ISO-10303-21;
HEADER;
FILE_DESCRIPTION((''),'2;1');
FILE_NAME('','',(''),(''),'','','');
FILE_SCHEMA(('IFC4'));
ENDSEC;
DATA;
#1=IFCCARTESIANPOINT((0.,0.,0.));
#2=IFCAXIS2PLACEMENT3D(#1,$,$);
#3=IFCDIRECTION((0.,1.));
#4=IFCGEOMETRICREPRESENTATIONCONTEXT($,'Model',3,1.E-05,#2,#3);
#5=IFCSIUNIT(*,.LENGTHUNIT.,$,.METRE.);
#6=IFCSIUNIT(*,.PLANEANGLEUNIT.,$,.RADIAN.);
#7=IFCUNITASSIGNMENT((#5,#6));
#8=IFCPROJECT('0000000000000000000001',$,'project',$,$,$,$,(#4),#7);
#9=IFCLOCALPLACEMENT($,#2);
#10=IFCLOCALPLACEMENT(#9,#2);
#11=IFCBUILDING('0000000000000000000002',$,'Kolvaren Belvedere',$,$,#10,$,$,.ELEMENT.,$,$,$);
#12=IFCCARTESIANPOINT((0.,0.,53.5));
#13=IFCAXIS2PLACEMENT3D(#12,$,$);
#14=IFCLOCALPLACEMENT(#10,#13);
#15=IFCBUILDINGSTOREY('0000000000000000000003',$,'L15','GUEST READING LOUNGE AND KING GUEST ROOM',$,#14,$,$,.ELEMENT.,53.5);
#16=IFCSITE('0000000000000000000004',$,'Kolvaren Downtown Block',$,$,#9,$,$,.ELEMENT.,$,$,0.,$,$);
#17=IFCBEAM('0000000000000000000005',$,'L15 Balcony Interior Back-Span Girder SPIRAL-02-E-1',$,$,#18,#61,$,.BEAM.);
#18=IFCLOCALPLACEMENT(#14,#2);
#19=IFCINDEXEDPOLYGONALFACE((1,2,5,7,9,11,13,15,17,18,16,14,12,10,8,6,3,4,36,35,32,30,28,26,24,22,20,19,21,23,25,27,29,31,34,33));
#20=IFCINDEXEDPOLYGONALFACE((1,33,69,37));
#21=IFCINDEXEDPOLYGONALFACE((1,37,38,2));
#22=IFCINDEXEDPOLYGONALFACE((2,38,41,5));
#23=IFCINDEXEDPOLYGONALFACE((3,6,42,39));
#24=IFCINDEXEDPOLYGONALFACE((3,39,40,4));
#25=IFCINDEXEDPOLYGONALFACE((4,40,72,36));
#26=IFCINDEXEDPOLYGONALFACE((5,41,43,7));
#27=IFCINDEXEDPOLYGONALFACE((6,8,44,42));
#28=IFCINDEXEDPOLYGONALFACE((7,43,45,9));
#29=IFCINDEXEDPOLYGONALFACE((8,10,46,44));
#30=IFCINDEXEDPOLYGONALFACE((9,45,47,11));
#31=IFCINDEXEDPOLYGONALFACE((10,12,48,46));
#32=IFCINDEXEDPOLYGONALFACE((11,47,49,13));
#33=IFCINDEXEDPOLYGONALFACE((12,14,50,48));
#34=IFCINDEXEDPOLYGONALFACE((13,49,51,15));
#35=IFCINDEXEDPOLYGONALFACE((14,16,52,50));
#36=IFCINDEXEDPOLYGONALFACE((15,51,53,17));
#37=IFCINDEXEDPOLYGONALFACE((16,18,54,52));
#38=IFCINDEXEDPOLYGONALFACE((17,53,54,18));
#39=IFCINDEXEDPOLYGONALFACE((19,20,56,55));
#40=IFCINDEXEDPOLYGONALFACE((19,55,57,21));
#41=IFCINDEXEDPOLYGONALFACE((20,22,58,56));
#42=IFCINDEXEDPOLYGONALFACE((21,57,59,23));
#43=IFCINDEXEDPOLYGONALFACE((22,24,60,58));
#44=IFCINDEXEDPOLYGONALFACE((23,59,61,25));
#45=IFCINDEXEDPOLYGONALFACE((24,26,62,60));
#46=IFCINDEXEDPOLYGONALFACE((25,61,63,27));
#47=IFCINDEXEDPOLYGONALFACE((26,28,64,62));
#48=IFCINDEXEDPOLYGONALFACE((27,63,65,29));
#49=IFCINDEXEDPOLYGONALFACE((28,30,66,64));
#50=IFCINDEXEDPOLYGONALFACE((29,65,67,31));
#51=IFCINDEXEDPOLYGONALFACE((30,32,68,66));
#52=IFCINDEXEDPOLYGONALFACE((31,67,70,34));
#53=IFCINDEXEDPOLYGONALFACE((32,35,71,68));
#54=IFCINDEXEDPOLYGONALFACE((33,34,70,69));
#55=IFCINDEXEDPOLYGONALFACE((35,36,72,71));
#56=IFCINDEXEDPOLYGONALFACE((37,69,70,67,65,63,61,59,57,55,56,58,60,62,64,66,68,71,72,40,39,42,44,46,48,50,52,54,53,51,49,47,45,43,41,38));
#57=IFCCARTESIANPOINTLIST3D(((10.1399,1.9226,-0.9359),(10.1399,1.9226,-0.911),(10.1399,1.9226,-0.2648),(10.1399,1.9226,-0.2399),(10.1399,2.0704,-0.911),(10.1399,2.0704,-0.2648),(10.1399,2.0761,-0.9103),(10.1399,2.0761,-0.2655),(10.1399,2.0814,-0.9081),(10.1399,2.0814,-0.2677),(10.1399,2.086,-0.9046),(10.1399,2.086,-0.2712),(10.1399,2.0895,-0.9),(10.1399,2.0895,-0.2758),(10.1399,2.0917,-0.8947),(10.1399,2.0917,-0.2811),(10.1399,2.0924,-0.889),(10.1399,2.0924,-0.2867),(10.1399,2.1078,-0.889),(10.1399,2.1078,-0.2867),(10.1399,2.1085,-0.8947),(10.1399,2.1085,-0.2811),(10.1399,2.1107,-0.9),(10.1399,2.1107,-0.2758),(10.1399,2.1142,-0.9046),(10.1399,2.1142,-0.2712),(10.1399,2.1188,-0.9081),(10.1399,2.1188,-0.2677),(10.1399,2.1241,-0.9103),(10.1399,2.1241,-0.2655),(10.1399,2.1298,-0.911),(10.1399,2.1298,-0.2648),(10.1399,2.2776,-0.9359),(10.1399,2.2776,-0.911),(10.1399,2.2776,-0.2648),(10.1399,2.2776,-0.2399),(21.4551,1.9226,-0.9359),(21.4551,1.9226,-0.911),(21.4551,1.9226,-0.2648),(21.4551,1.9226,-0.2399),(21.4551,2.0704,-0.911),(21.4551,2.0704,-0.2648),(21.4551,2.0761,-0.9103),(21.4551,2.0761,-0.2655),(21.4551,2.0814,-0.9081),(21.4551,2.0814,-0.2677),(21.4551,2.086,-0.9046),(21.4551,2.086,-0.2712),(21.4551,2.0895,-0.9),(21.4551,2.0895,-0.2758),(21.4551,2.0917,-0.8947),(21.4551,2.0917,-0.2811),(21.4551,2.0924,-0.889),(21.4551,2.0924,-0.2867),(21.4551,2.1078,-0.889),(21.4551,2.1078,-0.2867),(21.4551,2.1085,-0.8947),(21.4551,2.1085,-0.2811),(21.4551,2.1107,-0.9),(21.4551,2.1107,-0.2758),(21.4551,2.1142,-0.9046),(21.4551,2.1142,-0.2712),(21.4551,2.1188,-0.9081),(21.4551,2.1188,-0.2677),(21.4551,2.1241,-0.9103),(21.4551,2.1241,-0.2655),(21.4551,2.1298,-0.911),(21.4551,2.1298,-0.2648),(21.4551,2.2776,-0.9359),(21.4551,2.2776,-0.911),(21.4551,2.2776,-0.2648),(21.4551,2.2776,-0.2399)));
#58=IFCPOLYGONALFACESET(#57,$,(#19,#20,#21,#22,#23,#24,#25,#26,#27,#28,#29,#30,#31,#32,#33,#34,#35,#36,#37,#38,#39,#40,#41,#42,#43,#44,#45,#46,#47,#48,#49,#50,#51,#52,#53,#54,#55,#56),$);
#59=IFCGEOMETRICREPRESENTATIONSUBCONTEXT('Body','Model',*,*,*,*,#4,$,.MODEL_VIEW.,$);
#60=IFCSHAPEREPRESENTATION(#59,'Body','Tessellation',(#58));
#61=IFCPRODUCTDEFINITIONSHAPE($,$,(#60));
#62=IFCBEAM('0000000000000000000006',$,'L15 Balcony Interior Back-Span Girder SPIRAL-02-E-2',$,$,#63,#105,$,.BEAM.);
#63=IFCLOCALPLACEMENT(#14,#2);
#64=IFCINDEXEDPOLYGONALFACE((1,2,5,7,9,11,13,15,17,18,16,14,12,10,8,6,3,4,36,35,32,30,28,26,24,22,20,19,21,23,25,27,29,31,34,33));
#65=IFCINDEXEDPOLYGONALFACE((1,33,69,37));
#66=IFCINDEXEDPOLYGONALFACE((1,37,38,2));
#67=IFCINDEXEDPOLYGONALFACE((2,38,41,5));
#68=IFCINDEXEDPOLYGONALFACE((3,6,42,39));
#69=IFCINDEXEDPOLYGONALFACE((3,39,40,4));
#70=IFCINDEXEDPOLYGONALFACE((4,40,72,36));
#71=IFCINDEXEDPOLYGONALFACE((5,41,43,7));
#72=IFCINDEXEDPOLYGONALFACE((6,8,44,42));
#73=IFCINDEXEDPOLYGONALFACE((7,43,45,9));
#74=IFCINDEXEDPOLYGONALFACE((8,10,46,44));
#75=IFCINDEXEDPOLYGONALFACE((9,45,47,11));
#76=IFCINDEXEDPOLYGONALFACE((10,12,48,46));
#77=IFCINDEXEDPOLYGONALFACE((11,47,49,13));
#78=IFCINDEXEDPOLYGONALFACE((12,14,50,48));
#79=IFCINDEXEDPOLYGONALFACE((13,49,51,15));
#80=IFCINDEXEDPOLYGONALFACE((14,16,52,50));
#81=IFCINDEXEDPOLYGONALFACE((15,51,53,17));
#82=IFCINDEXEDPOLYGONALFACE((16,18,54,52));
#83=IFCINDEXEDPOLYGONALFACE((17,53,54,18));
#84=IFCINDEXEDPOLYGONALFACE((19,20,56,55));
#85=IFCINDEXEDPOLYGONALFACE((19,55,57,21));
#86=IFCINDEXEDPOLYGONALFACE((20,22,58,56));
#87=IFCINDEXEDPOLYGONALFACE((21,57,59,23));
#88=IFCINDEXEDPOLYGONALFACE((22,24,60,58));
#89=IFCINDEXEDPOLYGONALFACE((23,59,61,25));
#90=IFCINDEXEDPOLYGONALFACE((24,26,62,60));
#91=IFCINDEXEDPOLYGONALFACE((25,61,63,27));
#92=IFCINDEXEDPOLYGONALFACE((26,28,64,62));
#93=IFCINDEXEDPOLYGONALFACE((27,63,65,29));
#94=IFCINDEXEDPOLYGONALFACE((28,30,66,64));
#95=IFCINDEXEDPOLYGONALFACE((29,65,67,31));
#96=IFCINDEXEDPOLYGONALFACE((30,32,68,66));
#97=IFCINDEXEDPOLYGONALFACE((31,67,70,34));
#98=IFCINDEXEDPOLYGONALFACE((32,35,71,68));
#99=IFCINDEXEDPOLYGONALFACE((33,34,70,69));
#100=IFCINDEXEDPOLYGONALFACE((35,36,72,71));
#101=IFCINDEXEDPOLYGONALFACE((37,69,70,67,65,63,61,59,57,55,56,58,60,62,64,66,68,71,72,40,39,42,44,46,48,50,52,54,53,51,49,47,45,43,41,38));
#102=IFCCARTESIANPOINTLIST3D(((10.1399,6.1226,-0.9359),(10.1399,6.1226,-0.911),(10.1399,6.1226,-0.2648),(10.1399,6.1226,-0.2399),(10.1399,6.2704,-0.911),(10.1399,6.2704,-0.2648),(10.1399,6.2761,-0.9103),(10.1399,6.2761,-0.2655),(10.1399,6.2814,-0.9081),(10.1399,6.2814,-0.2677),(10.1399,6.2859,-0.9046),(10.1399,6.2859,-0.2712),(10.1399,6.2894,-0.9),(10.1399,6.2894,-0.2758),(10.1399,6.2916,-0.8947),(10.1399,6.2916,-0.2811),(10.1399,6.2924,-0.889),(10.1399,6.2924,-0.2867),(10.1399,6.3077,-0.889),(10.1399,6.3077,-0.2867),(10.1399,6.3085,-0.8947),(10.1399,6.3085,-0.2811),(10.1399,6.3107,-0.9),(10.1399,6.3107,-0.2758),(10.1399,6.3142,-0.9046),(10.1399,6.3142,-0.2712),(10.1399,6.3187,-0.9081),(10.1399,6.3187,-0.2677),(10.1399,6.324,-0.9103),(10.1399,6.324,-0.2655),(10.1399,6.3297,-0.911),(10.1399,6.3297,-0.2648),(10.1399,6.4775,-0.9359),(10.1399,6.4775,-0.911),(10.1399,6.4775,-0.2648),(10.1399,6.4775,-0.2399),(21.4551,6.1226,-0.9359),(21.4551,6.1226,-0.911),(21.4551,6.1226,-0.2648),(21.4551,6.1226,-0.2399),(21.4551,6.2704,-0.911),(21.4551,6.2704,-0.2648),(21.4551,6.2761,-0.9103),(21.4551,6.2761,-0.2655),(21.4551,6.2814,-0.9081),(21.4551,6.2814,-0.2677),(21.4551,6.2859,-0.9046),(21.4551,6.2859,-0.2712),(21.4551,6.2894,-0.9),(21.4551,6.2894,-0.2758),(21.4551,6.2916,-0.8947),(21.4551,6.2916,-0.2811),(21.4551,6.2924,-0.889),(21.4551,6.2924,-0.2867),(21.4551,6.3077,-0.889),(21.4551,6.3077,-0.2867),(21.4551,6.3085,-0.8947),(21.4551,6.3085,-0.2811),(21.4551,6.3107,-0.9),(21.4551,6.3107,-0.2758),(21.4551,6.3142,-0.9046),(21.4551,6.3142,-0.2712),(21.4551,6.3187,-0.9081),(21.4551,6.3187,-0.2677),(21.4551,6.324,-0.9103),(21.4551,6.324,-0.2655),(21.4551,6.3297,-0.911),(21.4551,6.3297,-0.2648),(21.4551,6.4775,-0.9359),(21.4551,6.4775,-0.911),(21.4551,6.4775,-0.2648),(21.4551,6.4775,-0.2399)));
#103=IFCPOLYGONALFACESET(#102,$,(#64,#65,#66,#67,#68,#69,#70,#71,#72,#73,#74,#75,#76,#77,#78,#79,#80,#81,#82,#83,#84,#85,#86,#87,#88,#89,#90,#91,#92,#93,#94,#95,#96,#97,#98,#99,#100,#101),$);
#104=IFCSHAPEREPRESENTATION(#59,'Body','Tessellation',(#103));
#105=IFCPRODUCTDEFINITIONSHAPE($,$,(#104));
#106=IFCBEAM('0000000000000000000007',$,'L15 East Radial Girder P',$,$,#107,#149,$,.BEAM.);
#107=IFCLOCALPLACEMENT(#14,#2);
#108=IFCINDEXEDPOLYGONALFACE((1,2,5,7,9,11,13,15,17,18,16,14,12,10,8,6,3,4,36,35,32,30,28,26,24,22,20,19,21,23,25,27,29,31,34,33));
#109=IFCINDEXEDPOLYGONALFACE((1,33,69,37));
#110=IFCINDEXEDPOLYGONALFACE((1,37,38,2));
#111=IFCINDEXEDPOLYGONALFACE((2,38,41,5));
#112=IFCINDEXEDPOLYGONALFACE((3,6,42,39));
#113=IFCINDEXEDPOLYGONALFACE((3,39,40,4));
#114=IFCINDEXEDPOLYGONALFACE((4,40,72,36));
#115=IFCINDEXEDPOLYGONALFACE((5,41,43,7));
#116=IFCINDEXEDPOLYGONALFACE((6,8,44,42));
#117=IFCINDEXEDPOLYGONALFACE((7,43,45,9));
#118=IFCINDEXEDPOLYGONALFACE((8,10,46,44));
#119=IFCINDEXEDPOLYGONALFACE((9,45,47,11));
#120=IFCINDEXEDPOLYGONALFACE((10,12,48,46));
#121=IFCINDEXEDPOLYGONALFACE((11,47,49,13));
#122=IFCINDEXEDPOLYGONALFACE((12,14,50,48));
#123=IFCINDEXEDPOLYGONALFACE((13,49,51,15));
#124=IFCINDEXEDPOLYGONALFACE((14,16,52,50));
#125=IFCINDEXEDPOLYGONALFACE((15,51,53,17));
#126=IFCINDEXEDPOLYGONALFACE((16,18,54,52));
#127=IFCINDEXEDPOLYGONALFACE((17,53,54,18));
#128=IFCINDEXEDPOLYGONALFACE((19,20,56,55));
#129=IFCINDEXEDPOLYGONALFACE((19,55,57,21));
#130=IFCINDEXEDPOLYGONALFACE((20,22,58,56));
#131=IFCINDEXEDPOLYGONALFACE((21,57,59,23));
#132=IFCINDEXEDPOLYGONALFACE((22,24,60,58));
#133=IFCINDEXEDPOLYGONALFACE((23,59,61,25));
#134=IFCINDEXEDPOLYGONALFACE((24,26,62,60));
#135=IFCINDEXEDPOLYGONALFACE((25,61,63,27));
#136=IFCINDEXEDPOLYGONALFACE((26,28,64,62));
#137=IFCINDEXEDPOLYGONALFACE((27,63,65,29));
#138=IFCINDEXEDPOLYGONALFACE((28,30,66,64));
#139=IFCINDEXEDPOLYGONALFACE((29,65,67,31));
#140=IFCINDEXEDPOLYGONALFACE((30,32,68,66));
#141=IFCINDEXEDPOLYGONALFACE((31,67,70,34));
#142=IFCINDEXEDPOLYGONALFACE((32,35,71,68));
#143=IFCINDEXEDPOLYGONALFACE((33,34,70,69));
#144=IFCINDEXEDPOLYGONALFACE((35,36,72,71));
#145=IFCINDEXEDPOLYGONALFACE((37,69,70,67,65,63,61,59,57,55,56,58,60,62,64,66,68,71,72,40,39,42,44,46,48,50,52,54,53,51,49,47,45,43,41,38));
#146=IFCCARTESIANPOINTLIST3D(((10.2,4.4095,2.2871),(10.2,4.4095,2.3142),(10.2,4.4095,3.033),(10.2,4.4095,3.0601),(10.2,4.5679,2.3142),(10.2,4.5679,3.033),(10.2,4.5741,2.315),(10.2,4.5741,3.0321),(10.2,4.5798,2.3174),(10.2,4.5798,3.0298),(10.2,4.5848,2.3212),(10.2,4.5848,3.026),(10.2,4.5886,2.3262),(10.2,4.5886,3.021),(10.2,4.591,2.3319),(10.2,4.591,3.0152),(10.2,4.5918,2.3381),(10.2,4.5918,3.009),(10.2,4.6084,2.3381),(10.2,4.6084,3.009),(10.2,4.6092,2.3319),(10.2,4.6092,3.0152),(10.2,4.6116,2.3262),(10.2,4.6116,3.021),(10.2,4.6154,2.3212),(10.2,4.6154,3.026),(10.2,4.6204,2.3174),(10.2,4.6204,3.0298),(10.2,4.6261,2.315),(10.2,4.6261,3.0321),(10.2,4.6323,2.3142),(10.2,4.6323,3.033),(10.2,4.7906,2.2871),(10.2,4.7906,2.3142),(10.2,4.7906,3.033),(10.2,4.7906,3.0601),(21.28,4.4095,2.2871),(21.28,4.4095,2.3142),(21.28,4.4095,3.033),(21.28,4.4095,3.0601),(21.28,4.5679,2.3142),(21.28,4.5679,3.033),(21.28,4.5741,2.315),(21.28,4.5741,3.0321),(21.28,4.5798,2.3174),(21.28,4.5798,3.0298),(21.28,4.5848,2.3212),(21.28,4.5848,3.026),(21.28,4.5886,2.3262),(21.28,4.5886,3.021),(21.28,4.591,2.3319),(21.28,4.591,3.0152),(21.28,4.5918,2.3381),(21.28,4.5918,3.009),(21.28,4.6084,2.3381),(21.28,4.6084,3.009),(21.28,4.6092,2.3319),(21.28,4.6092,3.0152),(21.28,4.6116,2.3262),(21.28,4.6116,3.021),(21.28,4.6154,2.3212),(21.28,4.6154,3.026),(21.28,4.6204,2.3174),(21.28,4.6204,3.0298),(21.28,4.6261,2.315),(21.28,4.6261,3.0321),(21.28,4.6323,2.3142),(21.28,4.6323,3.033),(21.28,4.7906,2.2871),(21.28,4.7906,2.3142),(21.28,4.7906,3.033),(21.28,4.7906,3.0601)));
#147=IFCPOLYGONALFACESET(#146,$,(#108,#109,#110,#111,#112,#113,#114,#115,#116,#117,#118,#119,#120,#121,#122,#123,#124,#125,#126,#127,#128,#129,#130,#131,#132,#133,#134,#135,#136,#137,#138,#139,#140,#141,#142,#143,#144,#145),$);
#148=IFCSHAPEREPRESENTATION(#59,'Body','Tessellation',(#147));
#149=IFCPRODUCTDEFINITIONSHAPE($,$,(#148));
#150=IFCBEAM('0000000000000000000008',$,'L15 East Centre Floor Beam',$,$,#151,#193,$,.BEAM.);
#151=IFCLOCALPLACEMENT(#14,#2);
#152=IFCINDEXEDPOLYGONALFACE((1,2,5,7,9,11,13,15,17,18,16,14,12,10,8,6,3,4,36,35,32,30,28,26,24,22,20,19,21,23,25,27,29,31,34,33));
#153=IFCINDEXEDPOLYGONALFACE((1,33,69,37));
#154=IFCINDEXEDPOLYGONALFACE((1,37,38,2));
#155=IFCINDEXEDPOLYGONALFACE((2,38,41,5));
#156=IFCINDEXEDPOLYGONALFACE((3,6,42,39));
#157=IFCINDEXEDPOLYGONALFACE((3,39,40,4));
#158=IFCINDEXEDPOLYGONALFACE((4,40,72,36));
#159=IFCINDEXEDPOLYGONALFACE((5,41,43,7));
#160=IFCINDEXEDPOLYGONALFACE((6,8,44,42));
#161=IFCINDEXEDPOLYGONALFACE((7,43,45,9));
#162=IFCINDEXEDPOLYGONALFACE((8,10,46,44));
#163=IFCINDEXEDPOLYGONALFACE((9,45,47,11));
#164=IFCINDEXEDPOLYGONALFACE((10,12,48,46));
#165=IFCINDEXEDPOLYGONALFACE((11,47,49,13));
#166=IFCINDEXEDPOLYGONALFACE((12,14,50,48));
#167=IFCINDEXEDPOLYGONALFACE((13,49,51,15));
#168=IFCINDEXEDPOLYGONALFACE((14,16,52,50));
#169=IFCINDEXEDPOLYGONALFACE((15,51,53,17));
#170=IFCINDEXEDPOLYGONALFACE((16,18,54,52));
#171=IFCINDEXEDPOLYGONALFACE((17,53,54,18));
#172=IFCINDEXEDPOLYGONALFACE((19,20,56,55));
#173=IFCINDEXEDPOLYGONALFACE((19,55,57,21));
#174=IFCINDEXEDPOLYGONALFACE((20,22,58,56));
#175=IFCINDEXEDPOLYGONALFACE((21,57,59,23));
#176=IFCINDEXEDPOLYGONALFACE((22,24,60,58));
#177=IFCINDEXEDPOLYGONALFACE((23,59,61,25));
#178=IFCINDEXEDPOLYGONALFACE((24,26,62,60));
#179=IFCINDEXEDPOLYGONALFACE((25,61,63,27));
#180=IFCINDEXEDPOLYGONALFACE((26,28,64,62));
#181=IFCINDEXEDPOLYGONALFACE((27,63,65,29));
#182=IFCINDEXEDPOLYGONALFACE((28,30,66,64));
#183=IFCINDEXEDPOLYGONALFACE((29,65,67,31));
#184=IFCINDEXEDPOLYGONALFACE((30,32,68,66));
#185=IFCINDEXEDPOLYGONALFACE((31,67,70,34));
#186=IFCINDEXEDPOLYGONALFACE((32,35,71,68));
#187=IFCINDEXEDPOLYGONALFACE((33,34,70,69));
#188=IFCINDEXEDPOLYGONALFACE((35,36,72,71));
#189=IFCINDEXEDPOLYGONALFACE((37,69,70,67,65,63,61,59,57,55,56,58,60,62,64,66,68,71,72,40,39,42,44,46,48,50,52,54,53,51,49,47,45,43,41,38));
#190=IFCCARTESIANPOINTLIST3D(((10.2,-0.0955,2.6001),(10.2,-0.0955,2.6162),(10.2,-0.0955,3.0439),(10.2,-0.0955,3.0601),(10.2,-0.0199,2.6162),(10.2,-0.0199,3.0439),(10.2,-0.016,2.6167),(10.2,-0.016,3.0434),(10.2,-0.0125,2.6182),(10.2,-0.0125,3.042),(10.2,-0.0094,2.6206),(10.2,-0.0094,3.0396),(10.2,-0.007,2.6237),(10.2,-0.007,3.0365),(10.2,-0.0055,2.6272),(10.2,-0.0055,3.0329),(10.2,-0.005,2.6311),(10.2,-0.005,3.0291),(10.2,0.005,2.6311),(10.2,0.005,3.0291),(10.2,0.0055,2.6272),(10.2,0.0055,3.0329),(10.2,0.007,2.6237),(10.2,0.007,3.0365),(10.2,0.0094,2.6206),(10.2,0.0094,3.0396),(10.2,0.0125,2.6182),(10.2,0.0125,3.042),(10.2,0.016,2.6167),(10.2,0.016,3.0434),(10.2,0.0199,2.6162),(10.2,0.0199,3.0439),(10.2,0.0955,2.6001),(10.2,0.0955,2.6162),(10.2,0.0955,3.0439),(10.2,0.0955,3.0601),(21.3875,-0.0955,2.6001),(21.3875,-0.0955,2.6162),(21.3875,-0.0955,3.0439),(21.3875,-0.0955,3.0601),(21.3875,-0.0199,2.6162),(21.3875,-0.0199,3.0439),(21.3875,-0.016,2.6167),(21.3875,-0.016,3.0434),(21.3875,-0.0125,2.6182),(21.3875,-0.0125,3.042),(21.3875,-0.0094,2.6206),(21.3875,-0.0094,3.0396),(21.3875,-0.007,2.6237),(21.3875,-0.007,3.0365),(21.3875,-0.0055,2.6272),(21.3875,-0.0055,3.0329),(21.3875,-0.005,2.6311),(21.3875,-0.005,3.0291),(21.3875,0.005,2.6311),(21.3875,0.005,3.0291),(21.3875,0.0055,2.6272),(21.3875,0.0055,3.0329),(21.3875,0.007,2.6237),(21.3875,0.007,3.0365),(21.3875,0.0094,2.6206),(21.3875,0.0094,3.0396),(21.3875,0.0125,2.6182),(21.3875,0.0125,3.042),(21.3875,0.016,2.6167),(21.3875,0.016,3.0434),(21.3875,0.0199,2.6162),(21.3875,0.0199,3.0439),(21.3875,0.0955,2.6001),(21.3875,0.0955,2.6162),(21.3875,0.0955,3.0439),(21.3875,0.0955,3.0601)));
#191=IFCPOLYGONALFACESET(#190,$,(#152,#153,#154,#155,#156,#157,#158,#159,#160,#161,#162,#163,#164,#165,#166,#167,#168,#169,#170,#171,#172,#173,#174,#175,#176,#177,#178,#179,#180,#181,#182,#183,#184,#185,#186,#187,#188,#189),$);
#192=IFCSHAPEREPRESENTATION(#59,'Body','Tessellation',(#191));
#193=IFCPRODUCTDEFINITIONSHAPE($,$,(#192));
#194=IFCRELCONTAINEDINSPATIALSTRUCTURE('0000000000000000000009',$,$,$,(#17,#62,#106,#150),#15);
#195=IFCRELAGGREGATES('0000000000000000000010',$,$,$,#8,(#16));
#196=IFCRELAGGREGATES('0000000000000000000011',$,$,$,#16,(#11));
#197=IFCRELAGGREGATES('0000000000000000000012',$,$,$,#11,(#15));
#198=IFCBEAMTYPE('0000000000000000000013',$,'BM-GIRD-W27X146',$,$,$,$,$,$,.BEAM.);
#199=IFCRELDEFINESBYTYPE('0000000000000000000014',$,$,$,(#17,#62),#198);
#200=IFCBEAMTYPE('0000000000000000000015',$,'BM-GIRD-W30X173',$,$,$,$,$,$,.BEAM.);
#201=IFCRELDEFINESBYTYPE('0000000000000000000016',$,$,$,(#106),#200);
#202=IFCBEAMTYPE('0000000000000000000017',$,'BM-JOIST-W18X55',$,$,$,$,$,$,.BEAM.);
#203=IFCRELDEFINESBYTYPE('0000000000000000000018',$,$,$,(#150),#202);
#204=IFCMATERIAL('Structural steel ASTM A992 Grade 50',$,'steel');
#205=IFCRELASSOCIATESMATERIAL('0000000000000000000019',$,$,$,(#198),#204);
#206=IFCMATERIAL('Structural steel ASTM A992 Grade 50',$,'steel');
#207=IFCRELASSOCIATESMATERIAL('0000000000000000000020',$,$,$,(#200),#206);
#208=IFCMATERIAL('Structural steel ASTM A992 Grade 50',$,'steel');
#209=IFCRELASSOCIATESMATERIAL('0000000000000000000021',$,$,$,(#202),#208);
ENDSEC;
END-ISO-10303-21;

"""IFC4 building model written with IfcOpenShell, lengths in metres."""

from ifc_helpers import new_model, si_unit, direction, frame, origin, origin_2d, place, context, subcontext, project, spatial, i_section, extrude, material, material_profile, profile_set, type_object, element, save


model = new_model("IFC4")

# Units and contexts
model_context = context("Model", 3, precision=1e-05, world=origin(), true_north=direction((0.0, 1.0)))
body_context = subcontext(model_context, "Body", "Model", "MODEL_VIEW")
ifc_project = project(units=[si_unit("LENGTHUNIT", "METRE"), si_unit("PLANEANGLEUNIT", "RADIAN")], contexts=[model_context])

# Site, building, storey
site_placement = place(None, origin())
site = spatial("IfcSite", under=ifc_project, at=site_placement, Name="Kolvaren Downtown Block", CompositionType="ELEMENT", RefElevation=0.0)
building_placement = place(site_placement, origin())
building = spatial("IfcBuilding", under=site, at=building_placement, Name="Kolvaren Belvedere", CompositionType="ELEMENT")
storey_placement = place(building_placement, frame((0.0, 0.0, 53.5)))
storey = spatial("IfcBuildingStorey", under=building, at=storey_placement, Name="L15", Description="GUEST READING LOUNGE AND KING GUEST ROOM", CompositionType="ELEMENT", Elevation=53.5)

# Beams
ifc_material_1 = material(Name="Structural steel ASTM A992 Grade 50", Category="steel")
ifc_material_profile_1 = material_profile(ifc_material_1, i_section(OverallWidth=0.355, OverallDepth=0.696, WebThickness=0.0154, FlangeThickness=0.0249, FilletRadius=0.022, at=origin_2d()), Name="W27X146")
ifc_profile_set_1 = profile_set([ifc_material_profile_1], Name="Structural steel ASTM A992 Grade 50")
beam_type_1 = type_object("IfcBeamType", Name="BM-GIRD-W27X146", PredefinedType="BEAM", material=ifc_profile_set_1)
for number, where, z_axis, x_axis, name in (
    (1, (10.1399, 2.1001, -0.5879), (1.0, 0.0, 0.0), (0.0, 1.0, 0.0), "L15 Balcony Interior Back-Span Girder SPIRAL-02-E-1"),
    (2, (10.1399, 6.3, -0.5879), (1.0, 0.0, 0.0), (0.0, 1.0, 0.0), "L15 Balcony Interior Back-Span Girder SPIRAL-02-E-2"),
):
    element("IfcBeam", number, at=place(storey_placement, frame(where, z_axis=z_axis, x_axis=x_axis)), inside=storey, type_object=beam_type_1, Name=name, PredefinedType="BEAM", context=body_context, shape_type="SweptSolid", body=[
        extrude(i_section(OverallWidth=0.355, OverallDepth=0.696, WebThickness=0.0154, FlangeThickness=0.0249, FilletRadius=0.022, at=origin_2d()), origin(), (0.0, 0.0, 1.0), 11.3152),
    ])
ifc_material_2 = material(Name="Structural steel ASTM A992 Grade 50", Category="steel")
ifc_material_profile_2 = material_profile(ifc_material_2, i_section(OverallWidth=0.3811, OverallDepth=0.7729, WebThickness=0.0166, FlangeThickness=0.0271, FilletRadius=0.0239, at=origin_2d()), Name="W30X173")
ifc_profile_set_2 = profile_set([ifc_material_profile_2], Name="Structural steel ASTM A992 Grade 50")
beam_type_2 = type_object("IfcBeamType", Name="BM-GIRD-W30X173", PredefinedType="BEAM", material=ifc_profile_set_2)
beam_1_placement = place(storey_placement, frame((10.2, 4.6001, 2.6736), z_axis=(1.0, 0.0, 0.0), x_axis=(0.0, 1.0, 0.0)))
element("IfcBeam", 3, at=beam_1_placement, inside=storey, type_object=beam_type_2, Name="L15 East Radial Girder P", PredefinedType="BEAM", context=body_context, shape_type="SweptSolid", body=[
    extrude(i_section(OverallWidth=0.3811, OverallDepth=0.7729, WebThickness=0.0166, FlangeThickness=0.0271, FilletRadius=0.0239, at=origin_2d()), origin(), (0.0, 0.0, 1.0), 11.0801),
])
ifc_material_3 = material(Name="Structural steel ASTM A992 Grade 50", Category="steel")
ifc_material_profile_3 = material_profile(ifc_material_3, i_section(OverallWidth=0.1909, OverallDepth=0.46, WebThickness=0.01, FlangeThickness=0.0161, FilletRadius=0.0149, at=origin_2d()), Name="W18X55")
ifc_profile_set_3 = profile_set([ifc_material_profile_3], Name="Structural steel ASTM A992 Grade 50")
beam_type_3 = type_object("IfcBeamType", Name="BM-JOIST-W18X55", PredefinedType="BEAM", material=ifc_profile_set_3)
beam_2_placement = place(storey_placement, frame((10.2, 0.0, 2.8301), z_axis=(1.0, 0.0, 0.0), x_axis=(0.0, 1.0, 0.0)))
element("IfcBeam", 4, at=beam_2_placement, inside=storey, type_object=beam_type_3, Name="L15 East Centre Floor Beam", PredefinedType="BEAM", context=body_context, shape_type="SweptSolid", body=[
    extrude(i_section(OverallWidth=0.1909, OverallDepth=0.46, WebThickness=0.01, FlangeThickness=0.0161, FilletRadius=0.0149, at=origin_2d()), origin(), (0.0, 0.0, 1.0), 11.1875),
])

save(model, "model.ifc")
